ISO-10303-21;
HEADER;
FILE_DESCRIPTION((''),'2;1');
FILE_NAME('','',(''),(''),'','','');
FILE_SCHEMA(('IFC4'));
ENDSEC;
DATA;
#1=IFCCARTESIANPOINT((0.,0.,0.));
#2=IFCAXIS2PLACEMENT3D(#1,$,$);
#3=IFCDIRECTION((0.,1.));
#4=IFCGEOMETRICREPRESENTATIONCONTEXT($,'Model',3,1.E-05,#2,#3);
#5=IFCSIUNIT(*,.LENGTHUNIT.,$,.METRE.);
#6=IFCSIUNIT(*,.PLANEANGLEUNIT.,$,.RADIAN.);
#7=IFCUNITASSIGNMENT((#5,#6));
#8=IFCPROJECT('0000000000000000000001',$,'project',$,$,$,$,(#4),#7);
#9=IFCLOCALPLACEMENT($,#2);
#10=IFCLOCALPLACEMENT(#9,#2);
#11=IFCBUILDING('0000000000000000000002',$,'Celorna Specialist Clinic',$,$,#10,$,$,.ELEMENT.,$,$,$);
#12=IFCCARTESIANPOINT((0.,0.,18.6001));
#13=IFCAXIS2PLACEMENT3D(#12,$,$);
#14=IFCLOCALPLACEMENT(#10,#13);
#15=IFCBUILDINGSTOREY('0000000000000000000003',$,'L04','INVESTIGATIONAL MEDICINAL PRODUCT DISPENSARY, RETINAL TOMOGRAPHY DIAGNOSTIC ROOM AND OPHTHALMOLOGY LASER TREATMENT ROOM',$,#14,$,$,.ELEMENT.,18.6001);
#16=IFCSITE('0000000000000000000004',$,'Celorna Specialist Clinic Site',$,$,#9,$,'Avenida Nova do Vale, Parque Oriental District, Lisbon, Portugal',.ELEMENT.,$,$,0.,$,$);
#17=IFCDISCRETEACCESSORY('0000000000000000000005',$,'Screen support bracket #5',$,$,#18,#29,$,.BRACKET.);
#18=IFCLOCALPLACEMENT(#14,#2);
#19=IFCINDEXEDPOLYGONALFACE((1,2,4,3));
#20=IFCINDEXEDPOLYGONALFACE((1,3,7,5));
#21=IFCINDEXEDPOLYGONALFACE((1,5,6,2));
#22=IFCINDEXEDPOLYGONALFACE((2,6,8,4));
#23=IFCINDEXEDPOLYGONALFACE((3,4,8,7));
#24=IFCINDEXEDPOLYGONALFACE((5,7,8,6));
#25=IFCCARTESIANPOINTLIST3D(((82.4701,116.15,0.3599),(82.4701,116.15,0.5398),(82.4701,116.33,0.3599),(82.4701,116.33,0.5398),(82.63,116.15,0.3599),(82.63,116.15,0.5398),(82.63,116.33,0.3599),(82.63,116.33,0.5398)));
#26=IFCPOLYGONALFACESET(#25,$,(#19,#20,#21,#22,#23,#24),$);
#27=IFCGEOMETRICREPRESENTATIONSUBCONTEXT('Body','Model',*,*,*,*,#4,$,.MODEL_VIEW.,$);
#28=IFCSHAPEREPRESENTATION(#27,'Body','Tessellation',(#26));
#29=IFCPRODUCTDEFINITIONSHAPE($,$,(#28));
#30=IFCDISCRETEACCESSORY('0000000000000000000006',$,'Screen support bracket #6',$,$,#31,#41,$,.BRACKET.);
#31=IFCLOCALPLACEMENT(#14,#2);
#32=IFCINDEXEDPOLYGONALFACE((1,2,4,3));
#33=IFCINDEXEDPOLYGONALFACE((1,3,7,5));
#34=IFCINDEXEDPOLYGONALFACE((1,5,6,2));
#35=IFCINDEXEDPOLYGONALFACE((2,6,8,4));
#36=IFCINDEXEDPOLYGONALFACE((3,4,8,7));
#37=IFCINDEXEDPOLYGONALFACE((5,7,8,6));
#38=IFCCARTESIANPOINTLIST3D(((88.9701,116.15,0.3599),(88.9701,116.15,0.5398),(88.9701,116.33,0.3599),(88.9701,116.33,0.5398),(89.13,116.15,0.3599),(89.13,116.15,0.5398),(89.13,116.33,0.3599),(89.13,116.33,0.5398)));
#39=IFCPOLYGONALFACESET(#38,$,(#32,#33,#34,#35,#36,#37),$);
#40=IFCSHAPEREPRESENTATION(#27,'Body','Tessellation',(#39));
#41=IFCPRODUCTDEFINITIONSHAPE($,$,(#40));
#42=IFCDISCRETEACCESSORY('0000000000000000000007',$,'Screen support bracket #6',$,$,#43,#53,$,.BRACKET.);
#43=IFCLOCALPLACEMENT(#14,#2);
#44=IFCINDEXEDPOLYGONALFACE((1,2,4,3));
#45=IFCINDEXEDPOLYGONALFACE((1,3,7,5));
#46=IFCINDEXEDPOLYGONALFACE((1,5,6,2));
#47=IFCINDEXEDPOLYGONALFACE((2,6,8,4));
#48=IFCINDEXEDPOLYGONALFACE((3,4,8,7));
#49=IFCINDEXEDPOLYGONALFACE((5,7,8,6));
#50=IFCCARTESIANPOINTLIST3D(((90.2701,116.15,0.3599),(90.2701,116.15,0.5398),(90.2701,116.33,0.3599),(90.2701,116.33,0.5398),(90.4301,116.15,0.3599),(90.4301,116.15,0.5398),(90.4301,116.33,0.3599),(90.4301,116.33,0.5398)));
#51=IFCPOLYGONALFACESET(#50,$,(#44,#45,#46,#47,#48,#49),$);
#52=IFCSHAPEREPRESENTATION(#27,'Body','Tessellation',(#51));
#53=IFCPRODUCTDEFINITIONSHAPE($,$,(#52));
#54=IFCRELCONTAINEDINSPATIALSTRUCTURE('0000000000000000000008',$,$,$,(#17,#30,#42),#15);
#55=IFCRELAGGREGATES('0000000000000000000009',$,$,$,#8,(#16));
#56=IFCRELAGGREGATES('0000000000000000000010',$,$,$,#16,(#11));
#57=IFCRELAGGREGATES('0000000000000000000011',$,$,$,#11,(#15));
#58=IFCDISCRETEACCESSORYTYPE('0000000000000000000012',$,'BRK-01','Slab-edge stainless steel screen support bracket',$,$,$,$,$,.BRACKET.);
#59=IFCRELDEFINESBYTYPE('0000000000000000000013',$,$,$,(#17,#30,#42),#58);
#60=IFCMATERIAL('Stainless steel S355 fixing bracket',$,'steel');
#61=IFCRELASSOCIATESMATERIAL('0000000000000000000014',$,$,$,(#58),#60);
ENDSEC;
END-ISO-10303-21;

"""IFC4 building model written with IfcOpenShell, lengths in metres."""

from ifc_helpers import new_model, si_unit, direction, frame, origin, origin_2d, place, context, subcontext, project, spatial, rectangle, extrude, material, type_object, element, save


model = new_model("IFC4")

# Units and contexts
model_context = context("Model", 3, precision=1e-05, world=origin(), true_north=direction((0.0, 1.0)))
body_context = subcontext(model_context, "Body", "Model", "MODEL_VIEW")
ifc_project = project(units=[si_unit("LENGTHUNIT", "METRE"), si_unit("PLANEANGLEUNIT", "RADIAN")], contexts=[model_context])

# Site, building, storey
site_placement = place(None, origin())
site = spatial("IfcSite", under=ifc_project, at=site_placement, Name="Celorna Specialist Clinic Site", LongName="Avenida Nova do Vale, Parque Oriental District, Lisbon, Portugal", CompositionType="ELEMENT", RefElevation=0.0)
building_placement = place(site_placement, origin())
building = spatial("IfcBuilding", under=site, at=building_placement, Name="Celorna Specialist Clinic", CompositionType="ELEMENT")
storey_placement = place(building_placement, frame((0.0, 0.0, 18.6001)))
storey = spatial("IfcBuildingStorey", under=building, at=storey_placement, Name="L04", Description="INVESTIGATIONAL MEDICINAL PRODUCT DISPENSARY, RETINAL TOMOGRAPHY DIAGNOSTIC ROOM AND OPHTHALMOLOGY LASER TREATMENT ROOM", CompositionType="ELEMENT", Elevation=18.6001)

# Discrete accessories
ifc_material_1 = material(Name="Stainless steel S355 fixing bracket", Category="steel")
discrete_accessory_type = type_object("IfcDiscreteAccessoryType", Name="BRK-01", Description="Slab-edge stainless steel screen support bracket", PredefinedType="BRACKET", material=ifc_material_1)
for number, where, z_axis, x_axis, name in (
    (1, (82.55, 116.24, 0.3599), (0.0, 0.0, 1.0), (1.0, 0.0, 0.0), "Screen support bracket #5"),
    (2, (89.05, 116.24, 0.3599), (0.0, 0.0, 1.0), (1.0, 0.0, 0.0), "Screen support bracket #6"),
    (3, (90.3501, 116.24, 0.3599), (0.0, 0.0, 1.0), (1.0, 0.0, 0.0), "Screen support bracket #6"),
):
    element("IfcDiscreteAccessory", number, at=place(storey_placement, frame(where, z_axis=z_axis, x_axis=x_axis)), inside=storey, type_object=discrete_accessory_type, Name=name, PredefinedType="BRACKET", context=body_context, shape_type="SweptSolid", body=[
        extrude(rectangle(XDim=0.1599, YDim=0.1799, at=origin_2d()), origin(), (0.0, 0.0, 1.0), 0.1799),
    ])

save(model, "model.ifc")
